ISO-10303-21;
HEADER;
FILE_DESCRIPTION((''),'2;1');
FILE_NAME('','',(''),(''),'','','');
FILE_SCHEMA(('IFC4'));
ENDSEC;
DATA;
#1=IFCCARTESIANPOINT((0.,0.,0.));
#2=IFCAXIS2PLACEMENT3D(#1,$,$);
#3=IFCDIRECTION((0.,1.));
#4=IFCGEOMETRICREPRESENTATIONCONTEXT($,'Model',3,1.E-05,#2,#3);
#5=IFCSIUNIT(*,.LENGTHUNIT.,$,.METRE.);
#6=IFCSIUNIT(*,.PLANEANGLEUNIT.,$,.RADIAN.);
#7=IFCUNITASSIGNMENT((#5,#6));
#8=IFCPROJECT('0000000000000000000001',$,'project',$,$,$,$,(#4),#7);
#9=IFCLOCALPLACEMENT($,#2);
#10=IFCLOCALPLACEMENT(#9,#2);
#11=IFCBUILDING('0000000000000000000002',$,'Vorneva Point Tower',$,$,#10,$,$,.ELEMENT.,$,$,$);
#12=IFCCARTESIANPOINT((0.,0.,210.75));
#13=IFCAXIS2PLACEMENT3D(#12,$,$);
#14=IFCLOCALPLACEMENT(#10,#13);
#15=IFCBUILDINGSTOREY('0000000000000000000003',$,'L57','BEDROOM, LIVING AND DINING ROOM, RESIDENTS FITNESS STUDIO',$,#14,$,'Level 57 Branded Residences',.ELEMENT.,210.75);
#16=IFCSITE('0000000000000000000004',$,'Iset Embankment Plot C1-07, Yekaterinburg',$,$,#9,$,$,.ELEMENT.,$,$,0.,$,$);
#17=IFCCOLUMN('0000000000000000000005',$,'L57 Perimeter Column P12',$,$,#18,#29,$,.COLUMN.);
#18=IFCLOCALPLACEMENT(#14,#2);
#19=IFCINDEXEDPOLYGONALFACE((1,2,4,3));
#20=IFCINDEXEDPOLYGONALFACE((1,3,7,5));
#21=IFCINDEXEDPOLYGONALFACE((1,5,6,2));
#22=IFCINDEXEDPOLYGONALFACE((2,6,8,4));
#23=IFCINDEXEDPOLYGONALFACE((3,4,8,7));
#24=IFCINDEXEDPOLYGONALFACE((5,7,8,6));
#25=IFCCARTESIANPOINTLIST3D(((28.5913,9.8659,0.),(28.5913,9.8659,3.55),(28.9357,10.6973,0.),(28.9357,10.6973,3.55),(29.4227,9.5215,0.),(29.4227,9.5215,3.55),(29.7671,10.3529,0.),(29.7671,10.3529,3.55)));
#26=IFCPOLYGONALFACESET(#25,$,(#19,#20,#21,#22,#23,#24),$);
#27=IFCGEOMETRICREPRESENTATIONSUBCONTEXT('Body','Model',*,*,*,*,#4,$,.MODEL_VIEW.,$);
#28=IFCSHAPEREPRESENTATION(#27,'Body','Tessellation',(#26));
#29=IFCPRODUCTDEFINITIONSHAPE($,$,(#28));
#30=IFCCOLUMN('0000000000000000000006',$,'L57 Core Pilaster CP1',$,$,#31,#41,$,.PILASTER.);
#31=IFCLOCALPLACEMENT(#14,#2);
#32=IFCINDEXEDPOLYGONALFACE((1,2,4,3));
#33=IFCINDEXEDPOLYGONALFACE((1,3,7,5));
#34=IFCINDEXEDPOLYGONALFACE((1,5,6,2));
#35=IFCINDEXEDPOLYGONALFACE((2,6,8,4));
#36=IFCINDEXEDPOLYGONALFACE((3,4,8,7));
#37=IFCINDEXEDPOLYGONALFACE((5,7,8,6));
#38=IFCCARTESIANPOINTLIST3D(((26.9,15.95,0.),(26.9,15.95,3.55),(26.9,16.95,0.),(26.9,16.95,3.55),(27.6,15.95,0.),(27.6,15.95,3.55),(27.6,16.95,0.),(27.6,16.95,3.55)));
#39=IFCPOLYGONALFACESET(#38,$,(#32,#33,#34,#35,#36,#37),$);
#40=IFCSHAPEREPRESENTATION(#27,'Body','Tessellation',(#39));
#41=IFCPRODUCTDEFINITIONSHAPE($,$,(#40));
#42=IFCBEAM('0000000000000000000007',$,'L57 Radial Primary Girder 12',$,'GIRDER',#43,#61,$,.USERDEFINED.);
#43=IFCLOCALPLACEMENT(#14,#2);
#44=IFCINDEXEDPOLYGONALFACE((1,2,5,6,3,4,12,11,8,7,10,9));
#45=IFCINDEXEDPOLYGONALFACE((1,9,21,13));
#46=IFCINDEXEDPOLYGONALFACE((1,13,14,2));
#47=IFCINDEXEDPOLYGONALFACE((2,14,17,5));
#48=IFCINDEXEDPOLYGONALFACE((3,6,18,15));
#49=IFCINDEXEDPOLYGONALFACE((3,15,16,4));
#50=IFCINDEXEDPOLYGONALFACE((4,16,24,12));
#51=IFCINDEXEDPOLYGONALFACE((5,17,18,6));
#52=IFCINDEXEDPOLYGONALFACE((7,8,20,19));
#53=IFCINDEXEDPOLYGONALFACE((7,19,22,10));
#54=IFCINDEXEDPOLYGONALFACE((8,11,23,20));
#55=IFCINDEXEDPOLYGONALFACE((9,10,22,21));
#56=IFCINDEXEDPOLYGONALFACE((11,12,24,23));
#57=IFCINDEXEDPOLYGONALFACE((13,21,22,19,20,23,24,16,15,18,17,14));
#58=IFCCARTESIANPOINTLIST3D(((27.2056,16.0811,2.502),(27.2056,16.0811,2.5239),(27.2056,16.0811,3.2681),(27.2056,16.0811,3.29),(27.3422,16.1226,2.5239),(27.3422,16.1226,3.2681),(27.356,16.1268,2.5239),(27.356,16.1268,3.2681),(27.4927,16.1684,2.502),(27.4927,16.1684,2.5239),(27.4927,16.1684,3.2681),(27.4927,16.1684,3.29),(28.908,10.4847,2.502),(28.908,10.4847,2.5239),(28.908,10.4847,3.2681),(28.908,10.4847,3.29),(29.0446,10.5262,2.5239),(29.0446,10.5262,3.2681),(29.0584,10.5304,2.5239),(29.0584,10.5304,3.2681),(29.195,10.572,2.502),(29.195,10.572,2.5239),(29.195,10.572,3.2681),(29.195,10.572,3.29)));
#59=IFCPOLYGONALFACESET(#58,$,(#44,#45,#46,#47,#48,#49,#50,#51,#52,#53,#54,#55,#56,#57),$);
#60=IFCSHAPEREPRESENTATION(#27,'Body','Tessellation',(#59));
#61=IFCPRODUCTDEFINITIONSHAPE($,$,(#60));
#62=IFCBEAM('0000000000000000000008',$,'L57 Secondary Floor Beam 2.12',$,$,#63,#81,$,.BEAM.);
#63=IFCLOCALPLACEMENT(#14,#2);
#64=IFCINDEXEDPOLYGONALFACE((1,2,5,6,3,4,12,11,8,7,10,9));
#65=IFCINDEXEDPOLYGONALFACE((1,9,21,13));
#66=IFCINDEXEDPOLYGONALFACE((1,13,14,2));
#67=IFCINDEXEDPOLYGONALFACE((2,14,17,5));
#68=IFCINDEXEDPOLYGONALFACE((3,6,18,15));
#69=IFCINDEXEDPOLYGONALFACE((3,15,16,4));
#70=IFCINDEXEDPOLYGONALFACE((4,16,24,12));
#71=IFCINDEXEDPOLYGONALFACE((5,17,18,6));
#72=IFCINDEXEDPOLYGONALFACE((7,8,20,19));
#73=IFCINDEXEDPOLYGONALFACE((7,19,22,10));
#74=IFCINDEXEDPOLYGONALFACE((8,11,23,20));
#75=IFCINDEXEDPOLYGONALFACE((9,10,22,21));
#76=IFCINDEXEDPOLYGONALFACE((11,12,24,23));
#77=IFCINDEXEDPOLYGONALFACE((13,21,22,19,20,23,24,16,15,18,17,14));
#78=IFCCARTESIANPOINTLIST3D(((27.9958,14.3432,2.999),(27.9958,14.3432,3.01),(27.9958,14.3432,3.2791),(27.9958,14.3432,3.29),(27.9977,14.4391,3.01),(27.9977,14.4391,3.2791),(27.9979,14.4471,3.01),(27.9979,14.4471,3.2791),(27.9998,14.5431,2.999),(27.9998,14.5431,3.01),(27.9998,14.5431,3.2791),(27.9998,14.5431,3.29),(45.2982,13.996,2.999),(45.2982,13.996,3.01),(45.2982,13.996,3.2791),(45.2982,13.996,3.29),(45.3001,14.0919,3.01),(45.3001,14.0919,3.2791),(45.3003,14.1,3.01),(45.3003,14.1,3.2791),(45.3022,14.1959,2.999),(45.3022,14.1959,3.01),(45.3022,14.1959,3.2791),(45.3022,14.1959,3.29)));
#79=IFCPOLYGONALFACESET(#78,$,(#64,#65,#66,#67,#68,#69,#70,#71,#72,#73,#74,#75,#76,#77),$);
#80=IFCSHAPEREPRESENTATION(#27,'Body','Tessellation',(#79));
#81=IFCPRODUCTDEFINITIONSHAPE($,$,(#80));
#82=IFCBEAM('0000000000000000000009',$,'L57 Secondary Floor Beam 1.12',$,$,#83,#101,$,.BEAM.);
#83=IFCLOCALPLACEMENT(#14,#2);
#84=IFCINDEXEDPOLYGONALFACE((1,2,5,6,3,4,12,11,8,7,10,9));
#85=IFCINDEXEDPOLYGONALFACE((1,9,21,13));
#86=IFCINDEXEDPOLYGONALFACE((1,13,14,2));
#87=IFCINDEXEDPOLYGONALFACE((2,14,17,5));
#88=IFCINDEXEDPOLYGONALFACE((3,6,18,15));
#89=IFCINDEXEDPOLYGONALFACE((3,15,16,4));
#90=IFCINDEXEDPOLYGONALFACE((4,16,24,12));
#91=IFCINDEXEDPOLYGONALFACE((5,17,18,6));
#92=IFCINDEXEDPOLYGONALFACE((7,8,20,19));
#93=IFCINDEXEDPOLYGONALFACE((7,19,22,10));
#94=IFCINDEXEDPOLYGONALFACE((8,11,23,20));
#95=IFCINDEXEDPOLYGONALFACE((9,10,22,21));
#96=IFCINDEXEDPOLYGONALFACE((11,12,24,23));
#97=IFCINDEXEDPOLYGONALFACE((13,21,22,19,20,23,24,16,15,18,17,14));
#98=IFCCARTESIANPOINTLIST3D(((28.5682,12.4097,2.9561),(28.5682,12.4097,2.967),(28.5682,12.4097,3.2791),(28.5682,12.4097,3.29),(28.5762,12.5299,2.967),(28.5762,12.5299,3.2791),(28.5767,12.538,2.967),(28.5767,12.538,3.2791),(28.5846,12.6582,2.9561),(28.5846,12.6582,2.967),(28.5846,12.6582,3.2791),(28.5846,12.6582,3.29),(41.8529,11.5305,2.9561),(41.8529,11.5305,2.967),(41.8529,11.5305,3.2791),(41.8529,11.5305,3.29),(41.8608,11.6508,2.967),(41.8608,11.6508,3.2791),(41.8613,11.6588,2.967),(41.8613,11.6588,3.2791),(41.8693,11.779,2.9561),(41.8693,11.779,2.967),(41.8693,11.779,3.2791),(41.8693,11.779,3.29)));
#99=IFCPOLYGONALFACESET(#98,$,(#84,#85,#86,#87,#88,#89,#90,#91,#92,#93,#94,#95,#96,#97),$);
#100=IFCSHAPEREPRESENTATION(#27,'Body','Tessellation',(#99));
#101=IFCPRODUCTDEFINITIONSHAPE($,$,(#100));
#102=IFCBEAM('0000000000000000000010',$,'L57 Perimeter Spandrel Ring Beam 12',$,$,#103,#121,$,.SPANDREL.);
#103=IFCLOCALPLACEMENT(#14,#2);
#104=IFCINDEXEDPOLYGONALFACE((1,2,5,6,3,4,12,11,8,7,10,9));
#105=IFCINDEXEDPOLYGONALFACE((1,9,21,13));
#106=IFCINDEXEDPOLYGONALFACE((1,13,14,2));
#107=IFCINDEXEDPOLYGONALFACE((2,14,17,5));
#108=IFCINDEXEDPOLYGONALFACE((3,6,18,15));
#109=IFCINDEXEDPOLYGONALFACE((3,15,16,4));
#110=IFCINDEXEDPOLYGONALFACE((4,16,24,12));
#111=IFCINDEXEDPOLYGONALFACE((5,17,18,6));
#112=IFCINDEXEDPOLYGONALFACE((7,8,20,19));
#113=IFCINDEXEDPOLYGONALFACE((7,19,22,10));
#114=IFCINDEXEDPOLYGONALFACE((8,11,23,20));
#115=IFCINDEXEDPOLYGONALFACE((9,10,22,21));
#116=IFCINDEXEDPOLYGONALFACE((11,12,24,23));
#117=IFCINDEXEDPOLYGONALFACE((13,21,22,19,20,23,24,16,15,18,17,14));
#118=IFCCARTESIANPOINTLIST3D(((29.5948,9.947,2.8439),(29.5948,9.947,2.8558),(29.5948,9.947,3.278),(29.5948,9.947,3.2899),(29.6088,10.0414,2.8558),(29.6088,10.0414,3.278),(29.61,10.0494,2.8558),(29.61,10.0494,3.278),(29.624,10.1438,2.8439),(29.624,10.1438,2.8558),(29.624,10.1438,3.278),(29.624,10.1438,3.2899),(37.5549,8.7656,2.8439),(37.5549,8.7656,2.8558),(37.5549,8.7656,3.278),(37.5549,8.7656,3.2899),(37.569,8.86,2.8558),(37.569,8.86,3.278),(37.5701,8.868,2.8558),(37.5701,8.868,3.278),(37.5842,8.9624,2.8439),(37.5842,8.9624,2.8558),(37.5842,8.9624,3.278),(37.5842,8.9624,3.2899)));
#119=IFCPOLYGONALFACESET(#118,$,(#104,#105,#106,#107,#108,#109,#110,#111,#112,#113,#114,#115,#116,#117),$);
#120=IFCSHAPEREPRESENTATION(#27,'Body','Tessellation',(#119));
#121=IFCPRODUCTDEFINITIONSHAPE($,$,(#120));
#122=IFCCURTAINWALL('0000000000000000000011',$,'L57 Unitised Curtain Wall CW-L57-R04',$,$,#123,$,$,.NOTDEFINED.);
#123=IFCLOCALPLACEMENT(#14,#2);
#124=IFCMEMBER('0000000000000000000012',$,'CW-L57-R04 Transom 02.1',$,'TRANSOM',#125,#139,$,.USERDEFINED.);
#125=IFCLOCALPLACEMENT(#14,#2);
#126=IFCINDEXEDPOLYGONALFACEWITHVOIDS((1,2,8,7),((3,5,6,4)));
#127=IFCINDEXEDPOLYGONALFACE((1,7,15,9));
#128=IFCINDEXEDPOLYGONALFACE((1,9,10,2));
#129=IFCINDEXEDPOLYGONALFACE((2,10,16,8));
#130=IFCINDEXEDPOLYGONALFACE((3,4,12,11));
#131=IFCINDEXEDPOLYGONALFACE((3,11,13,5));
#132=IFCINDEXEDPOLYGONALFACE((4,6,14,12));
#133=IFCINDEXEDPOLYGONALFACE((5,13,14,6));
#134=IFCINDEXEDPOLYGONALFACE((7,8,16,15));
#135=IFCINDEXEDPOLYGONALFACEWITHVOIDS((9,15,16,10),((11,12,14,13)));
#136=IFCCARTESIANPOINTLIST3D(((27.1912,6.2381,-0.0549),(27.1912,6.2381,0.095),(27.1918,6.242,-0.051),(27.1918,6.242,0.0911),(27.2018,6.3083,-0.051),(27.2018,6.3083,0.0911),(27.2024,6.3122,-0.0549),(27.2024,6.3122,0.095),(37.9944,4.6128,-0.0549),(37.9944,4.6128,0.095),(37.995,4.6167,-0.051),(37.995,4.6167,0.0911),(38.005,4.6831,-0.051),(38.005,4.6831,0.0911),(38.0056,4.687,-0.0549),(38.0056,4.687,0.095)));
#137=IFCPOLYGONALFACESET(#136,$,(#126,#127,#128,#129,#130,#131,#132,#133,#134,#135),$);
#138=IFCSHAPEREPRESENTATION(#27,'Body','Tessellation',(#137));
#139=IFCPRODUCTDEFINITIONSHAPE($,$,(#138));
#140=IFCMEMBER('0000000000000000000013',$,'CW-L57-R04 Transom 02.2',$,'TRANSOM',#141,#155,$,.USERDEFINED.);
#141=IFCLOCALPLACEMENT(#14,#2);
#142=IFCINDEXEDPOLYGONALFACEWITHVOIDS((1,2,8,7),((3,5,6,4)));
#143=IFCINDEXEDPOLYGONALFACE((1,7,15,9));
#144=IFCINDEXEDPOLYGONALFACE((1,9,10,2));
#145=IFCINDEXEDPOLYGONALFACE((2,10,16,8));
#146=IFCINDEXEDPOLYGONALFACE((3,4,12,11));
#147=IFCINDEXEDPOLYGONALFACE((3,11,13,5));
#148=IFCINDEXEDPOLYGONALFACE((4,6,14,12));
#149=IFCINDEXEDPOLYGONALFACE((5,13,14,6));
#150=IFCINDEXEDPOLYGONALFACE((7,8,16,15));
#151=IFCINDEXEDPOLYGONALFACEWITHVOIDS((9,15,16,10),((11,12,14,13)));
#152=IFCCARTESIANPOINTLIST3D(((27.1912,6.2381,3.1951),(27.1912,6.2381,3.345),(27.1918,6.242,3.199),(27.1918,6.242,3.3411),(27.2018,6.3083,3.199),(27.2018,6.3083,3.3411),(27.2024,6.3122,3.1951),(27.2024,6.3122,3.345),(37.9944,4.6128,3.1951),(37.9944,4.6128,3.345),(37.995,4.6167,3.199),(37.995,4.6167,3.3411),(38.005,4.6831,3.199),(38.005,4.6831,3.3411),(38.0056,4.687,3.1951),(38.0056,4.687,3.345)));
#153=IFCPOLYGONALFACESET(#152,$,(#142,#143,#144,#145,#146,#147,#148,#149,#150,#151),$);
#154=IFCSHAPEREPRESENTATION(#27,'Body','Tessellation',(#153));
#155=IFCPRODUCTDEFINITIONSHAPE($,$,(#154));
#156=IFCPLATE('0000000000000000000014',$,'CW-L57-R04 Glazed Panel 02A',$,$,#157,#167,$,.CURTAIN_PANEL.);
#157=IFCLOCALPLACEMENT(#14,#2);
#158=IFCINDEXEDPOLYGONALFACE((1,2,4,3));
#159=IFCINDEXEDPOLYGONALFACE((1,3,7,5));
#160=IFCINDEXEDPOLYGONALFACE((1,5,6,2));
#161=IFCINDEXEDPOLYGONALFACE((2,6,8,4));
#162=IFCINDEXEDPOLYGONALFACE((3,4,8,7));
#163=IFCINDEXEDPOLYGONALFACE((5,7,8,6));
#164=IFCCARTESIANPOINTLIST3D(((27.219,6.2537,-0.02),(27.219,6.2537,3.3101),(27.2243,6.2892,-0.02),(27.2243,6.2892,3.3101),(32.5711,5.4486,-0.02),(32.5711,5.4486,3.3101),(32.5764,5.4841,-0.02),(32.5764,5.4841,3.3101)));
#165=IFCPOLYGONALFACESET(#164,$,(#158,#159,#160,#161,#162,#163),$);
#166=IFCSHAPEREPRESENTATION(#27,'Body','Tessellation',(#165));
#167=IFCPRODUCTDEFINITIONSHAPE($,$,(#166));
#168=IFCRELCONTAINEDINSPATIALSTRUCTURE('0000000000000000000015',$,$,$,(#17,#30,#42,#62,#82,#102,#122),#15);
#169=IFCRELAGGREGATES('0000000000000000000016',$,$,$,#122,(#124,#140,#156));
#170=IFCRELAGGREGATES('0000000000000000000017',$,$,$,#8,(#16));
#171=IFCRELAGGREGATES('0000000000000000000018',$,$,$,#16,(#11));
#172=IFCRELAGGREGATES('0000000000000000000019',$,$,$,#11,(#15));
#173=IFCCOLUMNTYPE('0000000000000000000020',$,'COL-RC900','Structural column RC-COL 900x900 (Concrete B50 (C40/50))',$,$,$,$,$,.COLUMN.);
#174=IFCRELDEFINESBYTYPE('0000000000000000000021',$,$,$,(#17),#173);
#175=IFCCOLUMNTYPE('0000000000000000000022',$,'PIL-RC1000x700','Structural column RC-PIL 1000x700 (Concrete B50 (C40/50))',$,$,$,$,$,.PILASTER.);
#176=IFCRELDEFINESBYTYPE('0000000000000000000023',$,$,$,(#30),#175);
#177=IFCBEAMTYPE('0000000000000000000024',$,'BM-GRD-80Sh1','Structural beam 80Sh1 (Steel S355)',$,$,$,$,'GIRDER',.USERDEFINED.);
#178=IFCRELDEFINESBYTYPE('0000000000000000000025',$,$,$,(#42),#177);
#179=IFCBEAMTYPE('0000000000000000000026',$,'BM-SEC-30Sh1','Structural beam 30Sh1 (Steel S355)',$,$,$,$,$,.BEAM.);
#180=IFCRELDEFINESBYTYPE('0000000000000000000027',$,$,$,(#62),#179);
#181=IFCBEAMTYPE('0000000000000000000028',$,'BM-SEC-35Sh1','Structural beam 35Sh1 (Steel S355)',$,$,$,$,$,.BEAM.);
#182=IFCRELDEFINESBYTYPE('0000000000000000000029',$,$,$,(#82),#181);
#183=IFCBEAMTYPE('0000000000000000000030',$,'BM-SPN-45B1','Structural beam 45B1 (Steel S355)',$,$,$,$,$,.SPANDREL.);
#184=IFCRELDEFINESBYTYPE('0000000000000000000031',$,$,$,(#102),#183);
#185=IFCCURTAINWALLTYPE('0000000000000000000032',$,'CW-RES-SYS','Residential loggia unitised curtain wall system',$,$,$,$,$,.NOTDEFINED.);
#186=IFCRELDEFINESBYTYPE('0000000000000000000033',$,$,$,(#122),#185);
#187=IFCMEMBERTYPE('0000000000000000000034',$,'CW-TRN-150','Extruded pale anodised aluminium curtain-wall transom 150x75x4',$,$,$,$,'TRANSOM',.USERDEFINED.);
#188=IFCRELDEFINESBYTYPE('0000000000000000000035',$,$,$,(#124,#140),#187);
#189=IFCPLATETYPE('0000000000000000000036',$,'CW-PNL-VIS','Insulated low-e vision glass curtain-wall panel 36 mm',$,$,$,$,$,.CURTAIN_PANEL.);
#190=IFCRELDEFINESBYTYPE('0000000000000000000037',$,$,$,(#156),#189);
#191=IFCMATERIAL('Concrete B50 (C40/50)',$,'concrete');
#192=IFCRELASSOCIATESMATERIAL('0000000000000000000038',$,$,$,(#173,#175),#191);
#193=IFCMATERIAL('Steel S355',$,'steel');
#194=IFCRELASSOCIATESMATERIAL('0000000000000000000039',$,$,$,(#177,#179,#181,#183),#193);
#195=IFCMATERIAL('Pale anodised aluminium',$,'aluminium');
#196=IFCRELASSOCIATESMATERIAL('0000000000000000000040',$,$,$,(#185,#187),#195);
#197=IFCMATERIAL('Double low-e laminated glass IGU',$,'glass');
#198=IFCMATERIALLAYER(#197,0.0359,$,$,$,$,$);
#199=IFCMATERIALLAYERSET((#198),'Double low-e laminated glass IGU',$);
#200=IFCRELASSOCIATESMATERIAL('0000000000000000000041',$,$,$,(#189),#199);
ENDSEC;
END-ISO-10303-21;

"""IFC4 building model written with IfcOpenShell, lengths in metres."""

from ifc_helpers import new_model, si_unit, direction, frame, origin, origin_2d, place, context, subcontext, project, spatial, rectangle, hollow_rectangle, i_section, extrude, material, layer, layer_set, material_profile, profile_set, type_object, element, aggregate, save


model = new_model("IFC4")

# Units and contexts
model_context = context("Model", 3, precision=1e-05, world=origin(), true_north=direction((0.0, 1.0)))
body_context = subcontext(model_context, "Body", "Model", "MODEL_VIEW")
ifc_project = project(units=[si_unit("LENGTHUNIT", "METRE"), si_unit("PLANEANGLEUNIT", "RADIAN")], contexts=[model_context])

# Site, building, storey
site_placement = place(None, origin())
site = spatial("IfcSite", under=ifc_project, at=site_placement, Name="Iset Embankment Plot C1-07, Yekaterinburg", CompositionType="ELEMENT", RefElevation=0.0)
building_placement = place(site_placement, origin())
building = spatial("IfcBuilding", under=site, at=building_placement, Name="Vorneva Point Tower", CompositionType="ELEMENT")
storey_placement = place(building_placement, frame((0.0, 0.0, 210.75)))
storey = spatial("IfcBuildingStorey", under=building, at=storey_placement, Name="L57", Description="BEDROOM, LIVING AND DINING ROOM, RESIDENTS FITNESS STUDIO", LongName="Level 57 Branded Residences", CompositionType="ELEMENT", Elevation=210.75)

# Columns
ifc_material_1 = material(Name="Concrete B50 (C40/50)", Category="concrete")
ifc_material_profile_1 = material_profile(ifc_material_1, rectangle(XDim=0.8999, YDim=0.8999, at=origin_2d()), Name="RC-COL 900x900")
ifc_profile_set_1 = profile_set([ifc_material_profile_1], Name="Concrete B50 (C40/50)")
column_type_1 = type_object("IfcColumnType", Name="COL-RC900", Description="Structural column RC-COL 900x900 (Concrete B50 (C40/50))", PredefinedType="COLUMN", material=ifc_profile_set_1)
column_1_placement = place(storey_placement, frame((29.1792, 10.1094, 0.0), z_axis=(0.0, 0.0, 1.0), x_axis=(-0.382683, -0.92388, 0.0)))
element("IfcColumn", 1, at=column_1_placement, inside=storey, type_object=column_type_1, Name="L57 Perimeter Column P12", PredefinedType="COLUMN", context=body_context, shape_type="SweptSolid", body=[
    extrude(rectangle(XDim=0.8999, YDim=0.8999, at=origin_2d()), origin(), (0.0, 0.0, 1.0), 3.55),
])
ifc_material_profile_2 = material_profile(ifc_material_1, rectangle(XDim=0.7, YDim=1.0, at=origin_2d()), Name="RC-PIL 1000x700")
ifc_profile_set_2 = profile_set([ifc_material_profile_2], Name="Concrete B50 (C40/50)")
column_type_2 = type_object("IfcColumnType", Name="PIL-RC1000x700", Description="Structural column RC-PIL 1000x700 (Concrete B50 (C40/50))", PredefinedType="PILASTER", material=ifc_profile_set_2)
column_2_placement = place(storey_placement, frame((27.25, 16.45, 0.0), z_axis=(0.0, 0.0, 1.0), x_axis=(1.0, 0.0, 0.0)))
element("IfcColumn", 2, at=column_2_placement, inside=storey, type_object=column_type_2, Name="L57 Core Pilaster CP1", PredefinedType="PILASTER", context=body_context, shape_type="SweptSolid", body=[
    extrude(rectangle(XDim=0.7, YDim=1.0, at=origin_2d()), origin(), (0.0, 0.0, 1.0), 3.55),
])

# Beams
ifc_material_2 = material(Name="Steel S355", Category="steel")
ifc_material_profile_3 = material_profile(ifc_material_2, i_section(OverallWidth=0.3, OverallDepth=0.7881, WebThickness=0.0144, FlangeThickness=0.022, at=origin_2d()), Name="80Sh1")
ifc_profile_set_3 = profile_set([ifc_material_profile_3], Name="Steel S355")
beam_type_1 = type_object("IfcBeamType", Name="BM-GRD-80Sh1", Description="Structural beam 80Sh1 (Steel S355)", ElementType="GIRDER", PredefinedType="USERDEFINED", material=ifc_profile_set_3)
beam_1_placement = place(storey_placement, frame((29.0515, 10.5283, 2.896), z_axis=(-0.291025, 0.956715, 0.0), x_axis=(-0.956715, -0.291025, 0.0)))
element("IfcBeam", 3, at=beam_1_placement, inside=storey, type_object=beam_type_1, Name="L57 Radial Primary Girder 12", ObjectType="GIRDER", PredefinedType="USERDEFINED", context=body_context, shape_type="SweptSolid", body=[
    extrude(i_section(OverallWidth=0.3, OverallDepth=0.7881, WebThickness=0.0144, FlangeThickness=0.022, at=origin_2d()), origin(), (0.0, 0.0, 1.0), 5.8496),
])
ifc_material_profile_4 = material_profile(ifc_material_2, i_section(OverallWidth=0.2, OverallDepth=0.291, WebThickness=0.0081, FlangeThickness=0.011, at=origin_2d()), Name="30Sh1")
ifc_profile_set_4 = profile_set([ifc_material_profile_4], Name="Steel S355")
beam_type_2 = type_object("IfcBeamType", Name="BM-SEC-30Sh1", Description="Structural beam 30Sh1 (Steel S355)", PredefinedType="BEAM", material=ifc_profile_set_4)
beam_2_placement = place(storey_placement, frame((27.9978, 14.4431, 3.1445), z_axis=(0.999799, -0.020061, 0.0), x_axis=(0.020061, 0.999799, 0.0)))
element("IfcBeam", 4, at=beam_2_placement, inside=storey, type_object=beam_type_2, Name="L57 Secondary Floor Beam 2.12", PredefinedType="BEAM", context=body_context, shape_type="SweptSolid", body=[
    extrude(i_section(OverallWidth=0.2, OverallDepth=0.291, WebThickness=0.0081, FlangeThickness=0.011, at=origin_2d()), origin(), (0.0, 0.0, 1.0), 17.3059),
])
ifc_material_profile_5 = material_profile(ifc_material_2, i_section(OverallWidth=0.249, OverallDepth=0.334, WebThickness=0.0081, FlangeThickness=0.011, at=origin_2d()), Name="35Sh1")
ifc_profile_set_5 = profile_set([ifc_material_profile_5], Name="Steel S355")
beam_type_3 = type_object("IfcBeamType", Name="BM-SEC-35Sh1", Description="Structural beam 35Sh1 (Steel S355)", PredefinedType="BEAM", material=ifc_profile_set_5)
beam_3_placement = place(storey_placement, frame((28.5764, 12.5339, 3.123), z_axis=(0.997817, -0.066033, 0.0), x_axis=(0.066033, 0.997817, 0.0)))
element("IfcBeam", 5, at=beam_3_placement, inside=storey, type_object=beam_type_3, Name="L57 Secondary Floor Beam 1.12", PredefinedType="BEAM", context=body_context, shape_type="SweptSolid", body=[
    extrude(i_section(OverallWidth=0.249, OverallDepth=0.334, WebThickness=0.0081, FlangeThickness=0.011, at=origin_2d()), origin(), (0.0, 0.0, 1.0), 13.3137),
])
ifc_material_profile_6 = material_profile(ifc_material_2, i_section(OverallWidth=0.199, OverallDepth=0.446, WebThickness=0.0081, FlangeThickness=0.012, at=origin_2d()), Name="45B1")
ifc_profile_set_6 = profile_set([ifc_material_profile_6], Name="Steel S355")
beam_type_4 = type_object("IfcBeamType", Name="BM-SPN-45B1", Description="Structural beam 45B1 (Steel S355)", PredefinedType="SPANDREL", material=ifc_profile_set_6)
beam_4_placement = place(storey_placement, frame((29.6094, 10.0454, 3.0669), z_axis=(0.989165, -0.146805, 0.0), x_axis=(0.146805, 0.989165, 0.0)))
element("IfcBeam", 6, at=beam_4_placement, inside=storey, type_object=beam_type_4, Name="L57 Perimeter Spandrel Ring Beam 12", PredefinedType="SPANDREL", context=body_context, shape_type="SweptSolid", body=[
    extrude(i_section(OverallWidth=0.199, OverallDepth=0.446, WebThickness=0.0081, FlangeThickness=0.012, at=origin_2d()), origin(), (0.0, 0.0, 1.0), 8.0474),
])

# Curtain wall, members, plate
ifc_material_3 = material(Name="Pale anodised aluminium", Category="aluminium")
curtain_wall_type = type_object("IfcCurtainWallType", Name="CW-RES-SYS", Description="Residential loggia unitised curtain wall system", PredefinedType="NOTDEFINED", material=ifc_material_3)
curtain_wall_placement = place(storey_placement, origin())
curtain_wall = element("IfcCurtainWall", 7, at=curtain_wall_placement, inside=storey, type_object=curtain_wall_type, Name="L57 Unitised Curtain Wall CW-L57-R04", PredefinedType="NOTDEFINED")
ifc_material_profile_7 = material_profile(ifc_material_3, hollow_rectangle(XDim=0.075, YDim=0.1499, WallThickness=0.0039, at=origin_2d()), Name="AL-TRN 150x75x4")
ifc_profile_set_7 = profile_set([ifc_material_profile_7], Name="Pale anodised aluminium")
member_type = type_object("IfcMemberType", Name="CW-TRN-150", Description="Extruded pale anodised aluminium curtain-wall transom 150x75x4", ElementType="TRANSOM", PredefinedType="USERDEFINED", material=ifc_profile_set_7)
member_1_placement = place(storey_placement, frame((27.1968, 6.2751, 0.02), z_axis=(0.988872, -0.148767, 0.0), x_axis=(0.148767, 0.988872, 0.0)))
member_1 = element("IfcMember", 8, at=member_1_placement, type_object=member_type, Name="CW-L57-R04 Transom 02.1", ObjectType="TRANSOM", PredefinedType="USERDEFINED", context=body_context, shape_type="SweptSolid", body=[
    extrude(hollow_rectangle(XDim=0.075, YDim=0.1499, WallThickness=0.0039, at=origin_2d()), origin(), (0.0, 0.0, 1.0), 10.9248),
])
member_2_placement = place(storey_placement, frame((27.1968, 6.2751, 3.27), z_axis=(0.988872, -0.148767, 0.0), x_axis=(0.148767, 0.988872, 0.0)))
member_2 = element("IfcMember", 9, at=member_2_placement, type_object=member_type, Name="CW-L57-R04 Transom 02.2", ObjectType="TRANSOM", PredefinedType="USERDEFINED", context=body_context, shape_type="SweptSolid", body=[
    extrude(hollow_rectangle(XDim=0.075, YDim=0.1499, WallThickness=0.0039, at=origin_2d()), origin(), (0.0, 0.0, 1.0), 10.9248),
])
ifc_material_4 = material(Name="Double low-e laminated glass IGU", Category="glass")
ifc_layer_1 = layer(ifc_material_4, 0.0359)
ifc_layer_set_1 = layer_set([ifc_layer_1], Name="Double low-e laminated glass IGU")
plate_type = type_object("IfcPlateType", Name="CW-PNL-VIS", Description="Insulated low-e vision glass curtain-wall panel 36 mm", PredefinedType="CURTAIN_PANEL", material=ifc_layer_set_1)
plate_1_placement = place(storey_placement, frame((29.8977, 5.8689, -0.02), z_axis=(0.0, 0.0, 1.0), x_axis=(0.988874, -0.148759, 0.0)))
plate_1 = element("IfcPlate", 10, at=plate_1_placement, type_object=plate_type, Name="CW-L57-R04 Glazed Panel 02A", PredefinedType="CURTAIN_PANEL", context=body_context, shape_type="SweptSolid", body=[
    extrude(rectangle(XDim=5.4124, YDim=0.0359, at=origin_2d()), origin(), (0.0, 0.0, 1.0), 3.3301),
])
aggregate(curtain_wall, [member_1, member_2, plate_1])

save(model, "model.ifc")
